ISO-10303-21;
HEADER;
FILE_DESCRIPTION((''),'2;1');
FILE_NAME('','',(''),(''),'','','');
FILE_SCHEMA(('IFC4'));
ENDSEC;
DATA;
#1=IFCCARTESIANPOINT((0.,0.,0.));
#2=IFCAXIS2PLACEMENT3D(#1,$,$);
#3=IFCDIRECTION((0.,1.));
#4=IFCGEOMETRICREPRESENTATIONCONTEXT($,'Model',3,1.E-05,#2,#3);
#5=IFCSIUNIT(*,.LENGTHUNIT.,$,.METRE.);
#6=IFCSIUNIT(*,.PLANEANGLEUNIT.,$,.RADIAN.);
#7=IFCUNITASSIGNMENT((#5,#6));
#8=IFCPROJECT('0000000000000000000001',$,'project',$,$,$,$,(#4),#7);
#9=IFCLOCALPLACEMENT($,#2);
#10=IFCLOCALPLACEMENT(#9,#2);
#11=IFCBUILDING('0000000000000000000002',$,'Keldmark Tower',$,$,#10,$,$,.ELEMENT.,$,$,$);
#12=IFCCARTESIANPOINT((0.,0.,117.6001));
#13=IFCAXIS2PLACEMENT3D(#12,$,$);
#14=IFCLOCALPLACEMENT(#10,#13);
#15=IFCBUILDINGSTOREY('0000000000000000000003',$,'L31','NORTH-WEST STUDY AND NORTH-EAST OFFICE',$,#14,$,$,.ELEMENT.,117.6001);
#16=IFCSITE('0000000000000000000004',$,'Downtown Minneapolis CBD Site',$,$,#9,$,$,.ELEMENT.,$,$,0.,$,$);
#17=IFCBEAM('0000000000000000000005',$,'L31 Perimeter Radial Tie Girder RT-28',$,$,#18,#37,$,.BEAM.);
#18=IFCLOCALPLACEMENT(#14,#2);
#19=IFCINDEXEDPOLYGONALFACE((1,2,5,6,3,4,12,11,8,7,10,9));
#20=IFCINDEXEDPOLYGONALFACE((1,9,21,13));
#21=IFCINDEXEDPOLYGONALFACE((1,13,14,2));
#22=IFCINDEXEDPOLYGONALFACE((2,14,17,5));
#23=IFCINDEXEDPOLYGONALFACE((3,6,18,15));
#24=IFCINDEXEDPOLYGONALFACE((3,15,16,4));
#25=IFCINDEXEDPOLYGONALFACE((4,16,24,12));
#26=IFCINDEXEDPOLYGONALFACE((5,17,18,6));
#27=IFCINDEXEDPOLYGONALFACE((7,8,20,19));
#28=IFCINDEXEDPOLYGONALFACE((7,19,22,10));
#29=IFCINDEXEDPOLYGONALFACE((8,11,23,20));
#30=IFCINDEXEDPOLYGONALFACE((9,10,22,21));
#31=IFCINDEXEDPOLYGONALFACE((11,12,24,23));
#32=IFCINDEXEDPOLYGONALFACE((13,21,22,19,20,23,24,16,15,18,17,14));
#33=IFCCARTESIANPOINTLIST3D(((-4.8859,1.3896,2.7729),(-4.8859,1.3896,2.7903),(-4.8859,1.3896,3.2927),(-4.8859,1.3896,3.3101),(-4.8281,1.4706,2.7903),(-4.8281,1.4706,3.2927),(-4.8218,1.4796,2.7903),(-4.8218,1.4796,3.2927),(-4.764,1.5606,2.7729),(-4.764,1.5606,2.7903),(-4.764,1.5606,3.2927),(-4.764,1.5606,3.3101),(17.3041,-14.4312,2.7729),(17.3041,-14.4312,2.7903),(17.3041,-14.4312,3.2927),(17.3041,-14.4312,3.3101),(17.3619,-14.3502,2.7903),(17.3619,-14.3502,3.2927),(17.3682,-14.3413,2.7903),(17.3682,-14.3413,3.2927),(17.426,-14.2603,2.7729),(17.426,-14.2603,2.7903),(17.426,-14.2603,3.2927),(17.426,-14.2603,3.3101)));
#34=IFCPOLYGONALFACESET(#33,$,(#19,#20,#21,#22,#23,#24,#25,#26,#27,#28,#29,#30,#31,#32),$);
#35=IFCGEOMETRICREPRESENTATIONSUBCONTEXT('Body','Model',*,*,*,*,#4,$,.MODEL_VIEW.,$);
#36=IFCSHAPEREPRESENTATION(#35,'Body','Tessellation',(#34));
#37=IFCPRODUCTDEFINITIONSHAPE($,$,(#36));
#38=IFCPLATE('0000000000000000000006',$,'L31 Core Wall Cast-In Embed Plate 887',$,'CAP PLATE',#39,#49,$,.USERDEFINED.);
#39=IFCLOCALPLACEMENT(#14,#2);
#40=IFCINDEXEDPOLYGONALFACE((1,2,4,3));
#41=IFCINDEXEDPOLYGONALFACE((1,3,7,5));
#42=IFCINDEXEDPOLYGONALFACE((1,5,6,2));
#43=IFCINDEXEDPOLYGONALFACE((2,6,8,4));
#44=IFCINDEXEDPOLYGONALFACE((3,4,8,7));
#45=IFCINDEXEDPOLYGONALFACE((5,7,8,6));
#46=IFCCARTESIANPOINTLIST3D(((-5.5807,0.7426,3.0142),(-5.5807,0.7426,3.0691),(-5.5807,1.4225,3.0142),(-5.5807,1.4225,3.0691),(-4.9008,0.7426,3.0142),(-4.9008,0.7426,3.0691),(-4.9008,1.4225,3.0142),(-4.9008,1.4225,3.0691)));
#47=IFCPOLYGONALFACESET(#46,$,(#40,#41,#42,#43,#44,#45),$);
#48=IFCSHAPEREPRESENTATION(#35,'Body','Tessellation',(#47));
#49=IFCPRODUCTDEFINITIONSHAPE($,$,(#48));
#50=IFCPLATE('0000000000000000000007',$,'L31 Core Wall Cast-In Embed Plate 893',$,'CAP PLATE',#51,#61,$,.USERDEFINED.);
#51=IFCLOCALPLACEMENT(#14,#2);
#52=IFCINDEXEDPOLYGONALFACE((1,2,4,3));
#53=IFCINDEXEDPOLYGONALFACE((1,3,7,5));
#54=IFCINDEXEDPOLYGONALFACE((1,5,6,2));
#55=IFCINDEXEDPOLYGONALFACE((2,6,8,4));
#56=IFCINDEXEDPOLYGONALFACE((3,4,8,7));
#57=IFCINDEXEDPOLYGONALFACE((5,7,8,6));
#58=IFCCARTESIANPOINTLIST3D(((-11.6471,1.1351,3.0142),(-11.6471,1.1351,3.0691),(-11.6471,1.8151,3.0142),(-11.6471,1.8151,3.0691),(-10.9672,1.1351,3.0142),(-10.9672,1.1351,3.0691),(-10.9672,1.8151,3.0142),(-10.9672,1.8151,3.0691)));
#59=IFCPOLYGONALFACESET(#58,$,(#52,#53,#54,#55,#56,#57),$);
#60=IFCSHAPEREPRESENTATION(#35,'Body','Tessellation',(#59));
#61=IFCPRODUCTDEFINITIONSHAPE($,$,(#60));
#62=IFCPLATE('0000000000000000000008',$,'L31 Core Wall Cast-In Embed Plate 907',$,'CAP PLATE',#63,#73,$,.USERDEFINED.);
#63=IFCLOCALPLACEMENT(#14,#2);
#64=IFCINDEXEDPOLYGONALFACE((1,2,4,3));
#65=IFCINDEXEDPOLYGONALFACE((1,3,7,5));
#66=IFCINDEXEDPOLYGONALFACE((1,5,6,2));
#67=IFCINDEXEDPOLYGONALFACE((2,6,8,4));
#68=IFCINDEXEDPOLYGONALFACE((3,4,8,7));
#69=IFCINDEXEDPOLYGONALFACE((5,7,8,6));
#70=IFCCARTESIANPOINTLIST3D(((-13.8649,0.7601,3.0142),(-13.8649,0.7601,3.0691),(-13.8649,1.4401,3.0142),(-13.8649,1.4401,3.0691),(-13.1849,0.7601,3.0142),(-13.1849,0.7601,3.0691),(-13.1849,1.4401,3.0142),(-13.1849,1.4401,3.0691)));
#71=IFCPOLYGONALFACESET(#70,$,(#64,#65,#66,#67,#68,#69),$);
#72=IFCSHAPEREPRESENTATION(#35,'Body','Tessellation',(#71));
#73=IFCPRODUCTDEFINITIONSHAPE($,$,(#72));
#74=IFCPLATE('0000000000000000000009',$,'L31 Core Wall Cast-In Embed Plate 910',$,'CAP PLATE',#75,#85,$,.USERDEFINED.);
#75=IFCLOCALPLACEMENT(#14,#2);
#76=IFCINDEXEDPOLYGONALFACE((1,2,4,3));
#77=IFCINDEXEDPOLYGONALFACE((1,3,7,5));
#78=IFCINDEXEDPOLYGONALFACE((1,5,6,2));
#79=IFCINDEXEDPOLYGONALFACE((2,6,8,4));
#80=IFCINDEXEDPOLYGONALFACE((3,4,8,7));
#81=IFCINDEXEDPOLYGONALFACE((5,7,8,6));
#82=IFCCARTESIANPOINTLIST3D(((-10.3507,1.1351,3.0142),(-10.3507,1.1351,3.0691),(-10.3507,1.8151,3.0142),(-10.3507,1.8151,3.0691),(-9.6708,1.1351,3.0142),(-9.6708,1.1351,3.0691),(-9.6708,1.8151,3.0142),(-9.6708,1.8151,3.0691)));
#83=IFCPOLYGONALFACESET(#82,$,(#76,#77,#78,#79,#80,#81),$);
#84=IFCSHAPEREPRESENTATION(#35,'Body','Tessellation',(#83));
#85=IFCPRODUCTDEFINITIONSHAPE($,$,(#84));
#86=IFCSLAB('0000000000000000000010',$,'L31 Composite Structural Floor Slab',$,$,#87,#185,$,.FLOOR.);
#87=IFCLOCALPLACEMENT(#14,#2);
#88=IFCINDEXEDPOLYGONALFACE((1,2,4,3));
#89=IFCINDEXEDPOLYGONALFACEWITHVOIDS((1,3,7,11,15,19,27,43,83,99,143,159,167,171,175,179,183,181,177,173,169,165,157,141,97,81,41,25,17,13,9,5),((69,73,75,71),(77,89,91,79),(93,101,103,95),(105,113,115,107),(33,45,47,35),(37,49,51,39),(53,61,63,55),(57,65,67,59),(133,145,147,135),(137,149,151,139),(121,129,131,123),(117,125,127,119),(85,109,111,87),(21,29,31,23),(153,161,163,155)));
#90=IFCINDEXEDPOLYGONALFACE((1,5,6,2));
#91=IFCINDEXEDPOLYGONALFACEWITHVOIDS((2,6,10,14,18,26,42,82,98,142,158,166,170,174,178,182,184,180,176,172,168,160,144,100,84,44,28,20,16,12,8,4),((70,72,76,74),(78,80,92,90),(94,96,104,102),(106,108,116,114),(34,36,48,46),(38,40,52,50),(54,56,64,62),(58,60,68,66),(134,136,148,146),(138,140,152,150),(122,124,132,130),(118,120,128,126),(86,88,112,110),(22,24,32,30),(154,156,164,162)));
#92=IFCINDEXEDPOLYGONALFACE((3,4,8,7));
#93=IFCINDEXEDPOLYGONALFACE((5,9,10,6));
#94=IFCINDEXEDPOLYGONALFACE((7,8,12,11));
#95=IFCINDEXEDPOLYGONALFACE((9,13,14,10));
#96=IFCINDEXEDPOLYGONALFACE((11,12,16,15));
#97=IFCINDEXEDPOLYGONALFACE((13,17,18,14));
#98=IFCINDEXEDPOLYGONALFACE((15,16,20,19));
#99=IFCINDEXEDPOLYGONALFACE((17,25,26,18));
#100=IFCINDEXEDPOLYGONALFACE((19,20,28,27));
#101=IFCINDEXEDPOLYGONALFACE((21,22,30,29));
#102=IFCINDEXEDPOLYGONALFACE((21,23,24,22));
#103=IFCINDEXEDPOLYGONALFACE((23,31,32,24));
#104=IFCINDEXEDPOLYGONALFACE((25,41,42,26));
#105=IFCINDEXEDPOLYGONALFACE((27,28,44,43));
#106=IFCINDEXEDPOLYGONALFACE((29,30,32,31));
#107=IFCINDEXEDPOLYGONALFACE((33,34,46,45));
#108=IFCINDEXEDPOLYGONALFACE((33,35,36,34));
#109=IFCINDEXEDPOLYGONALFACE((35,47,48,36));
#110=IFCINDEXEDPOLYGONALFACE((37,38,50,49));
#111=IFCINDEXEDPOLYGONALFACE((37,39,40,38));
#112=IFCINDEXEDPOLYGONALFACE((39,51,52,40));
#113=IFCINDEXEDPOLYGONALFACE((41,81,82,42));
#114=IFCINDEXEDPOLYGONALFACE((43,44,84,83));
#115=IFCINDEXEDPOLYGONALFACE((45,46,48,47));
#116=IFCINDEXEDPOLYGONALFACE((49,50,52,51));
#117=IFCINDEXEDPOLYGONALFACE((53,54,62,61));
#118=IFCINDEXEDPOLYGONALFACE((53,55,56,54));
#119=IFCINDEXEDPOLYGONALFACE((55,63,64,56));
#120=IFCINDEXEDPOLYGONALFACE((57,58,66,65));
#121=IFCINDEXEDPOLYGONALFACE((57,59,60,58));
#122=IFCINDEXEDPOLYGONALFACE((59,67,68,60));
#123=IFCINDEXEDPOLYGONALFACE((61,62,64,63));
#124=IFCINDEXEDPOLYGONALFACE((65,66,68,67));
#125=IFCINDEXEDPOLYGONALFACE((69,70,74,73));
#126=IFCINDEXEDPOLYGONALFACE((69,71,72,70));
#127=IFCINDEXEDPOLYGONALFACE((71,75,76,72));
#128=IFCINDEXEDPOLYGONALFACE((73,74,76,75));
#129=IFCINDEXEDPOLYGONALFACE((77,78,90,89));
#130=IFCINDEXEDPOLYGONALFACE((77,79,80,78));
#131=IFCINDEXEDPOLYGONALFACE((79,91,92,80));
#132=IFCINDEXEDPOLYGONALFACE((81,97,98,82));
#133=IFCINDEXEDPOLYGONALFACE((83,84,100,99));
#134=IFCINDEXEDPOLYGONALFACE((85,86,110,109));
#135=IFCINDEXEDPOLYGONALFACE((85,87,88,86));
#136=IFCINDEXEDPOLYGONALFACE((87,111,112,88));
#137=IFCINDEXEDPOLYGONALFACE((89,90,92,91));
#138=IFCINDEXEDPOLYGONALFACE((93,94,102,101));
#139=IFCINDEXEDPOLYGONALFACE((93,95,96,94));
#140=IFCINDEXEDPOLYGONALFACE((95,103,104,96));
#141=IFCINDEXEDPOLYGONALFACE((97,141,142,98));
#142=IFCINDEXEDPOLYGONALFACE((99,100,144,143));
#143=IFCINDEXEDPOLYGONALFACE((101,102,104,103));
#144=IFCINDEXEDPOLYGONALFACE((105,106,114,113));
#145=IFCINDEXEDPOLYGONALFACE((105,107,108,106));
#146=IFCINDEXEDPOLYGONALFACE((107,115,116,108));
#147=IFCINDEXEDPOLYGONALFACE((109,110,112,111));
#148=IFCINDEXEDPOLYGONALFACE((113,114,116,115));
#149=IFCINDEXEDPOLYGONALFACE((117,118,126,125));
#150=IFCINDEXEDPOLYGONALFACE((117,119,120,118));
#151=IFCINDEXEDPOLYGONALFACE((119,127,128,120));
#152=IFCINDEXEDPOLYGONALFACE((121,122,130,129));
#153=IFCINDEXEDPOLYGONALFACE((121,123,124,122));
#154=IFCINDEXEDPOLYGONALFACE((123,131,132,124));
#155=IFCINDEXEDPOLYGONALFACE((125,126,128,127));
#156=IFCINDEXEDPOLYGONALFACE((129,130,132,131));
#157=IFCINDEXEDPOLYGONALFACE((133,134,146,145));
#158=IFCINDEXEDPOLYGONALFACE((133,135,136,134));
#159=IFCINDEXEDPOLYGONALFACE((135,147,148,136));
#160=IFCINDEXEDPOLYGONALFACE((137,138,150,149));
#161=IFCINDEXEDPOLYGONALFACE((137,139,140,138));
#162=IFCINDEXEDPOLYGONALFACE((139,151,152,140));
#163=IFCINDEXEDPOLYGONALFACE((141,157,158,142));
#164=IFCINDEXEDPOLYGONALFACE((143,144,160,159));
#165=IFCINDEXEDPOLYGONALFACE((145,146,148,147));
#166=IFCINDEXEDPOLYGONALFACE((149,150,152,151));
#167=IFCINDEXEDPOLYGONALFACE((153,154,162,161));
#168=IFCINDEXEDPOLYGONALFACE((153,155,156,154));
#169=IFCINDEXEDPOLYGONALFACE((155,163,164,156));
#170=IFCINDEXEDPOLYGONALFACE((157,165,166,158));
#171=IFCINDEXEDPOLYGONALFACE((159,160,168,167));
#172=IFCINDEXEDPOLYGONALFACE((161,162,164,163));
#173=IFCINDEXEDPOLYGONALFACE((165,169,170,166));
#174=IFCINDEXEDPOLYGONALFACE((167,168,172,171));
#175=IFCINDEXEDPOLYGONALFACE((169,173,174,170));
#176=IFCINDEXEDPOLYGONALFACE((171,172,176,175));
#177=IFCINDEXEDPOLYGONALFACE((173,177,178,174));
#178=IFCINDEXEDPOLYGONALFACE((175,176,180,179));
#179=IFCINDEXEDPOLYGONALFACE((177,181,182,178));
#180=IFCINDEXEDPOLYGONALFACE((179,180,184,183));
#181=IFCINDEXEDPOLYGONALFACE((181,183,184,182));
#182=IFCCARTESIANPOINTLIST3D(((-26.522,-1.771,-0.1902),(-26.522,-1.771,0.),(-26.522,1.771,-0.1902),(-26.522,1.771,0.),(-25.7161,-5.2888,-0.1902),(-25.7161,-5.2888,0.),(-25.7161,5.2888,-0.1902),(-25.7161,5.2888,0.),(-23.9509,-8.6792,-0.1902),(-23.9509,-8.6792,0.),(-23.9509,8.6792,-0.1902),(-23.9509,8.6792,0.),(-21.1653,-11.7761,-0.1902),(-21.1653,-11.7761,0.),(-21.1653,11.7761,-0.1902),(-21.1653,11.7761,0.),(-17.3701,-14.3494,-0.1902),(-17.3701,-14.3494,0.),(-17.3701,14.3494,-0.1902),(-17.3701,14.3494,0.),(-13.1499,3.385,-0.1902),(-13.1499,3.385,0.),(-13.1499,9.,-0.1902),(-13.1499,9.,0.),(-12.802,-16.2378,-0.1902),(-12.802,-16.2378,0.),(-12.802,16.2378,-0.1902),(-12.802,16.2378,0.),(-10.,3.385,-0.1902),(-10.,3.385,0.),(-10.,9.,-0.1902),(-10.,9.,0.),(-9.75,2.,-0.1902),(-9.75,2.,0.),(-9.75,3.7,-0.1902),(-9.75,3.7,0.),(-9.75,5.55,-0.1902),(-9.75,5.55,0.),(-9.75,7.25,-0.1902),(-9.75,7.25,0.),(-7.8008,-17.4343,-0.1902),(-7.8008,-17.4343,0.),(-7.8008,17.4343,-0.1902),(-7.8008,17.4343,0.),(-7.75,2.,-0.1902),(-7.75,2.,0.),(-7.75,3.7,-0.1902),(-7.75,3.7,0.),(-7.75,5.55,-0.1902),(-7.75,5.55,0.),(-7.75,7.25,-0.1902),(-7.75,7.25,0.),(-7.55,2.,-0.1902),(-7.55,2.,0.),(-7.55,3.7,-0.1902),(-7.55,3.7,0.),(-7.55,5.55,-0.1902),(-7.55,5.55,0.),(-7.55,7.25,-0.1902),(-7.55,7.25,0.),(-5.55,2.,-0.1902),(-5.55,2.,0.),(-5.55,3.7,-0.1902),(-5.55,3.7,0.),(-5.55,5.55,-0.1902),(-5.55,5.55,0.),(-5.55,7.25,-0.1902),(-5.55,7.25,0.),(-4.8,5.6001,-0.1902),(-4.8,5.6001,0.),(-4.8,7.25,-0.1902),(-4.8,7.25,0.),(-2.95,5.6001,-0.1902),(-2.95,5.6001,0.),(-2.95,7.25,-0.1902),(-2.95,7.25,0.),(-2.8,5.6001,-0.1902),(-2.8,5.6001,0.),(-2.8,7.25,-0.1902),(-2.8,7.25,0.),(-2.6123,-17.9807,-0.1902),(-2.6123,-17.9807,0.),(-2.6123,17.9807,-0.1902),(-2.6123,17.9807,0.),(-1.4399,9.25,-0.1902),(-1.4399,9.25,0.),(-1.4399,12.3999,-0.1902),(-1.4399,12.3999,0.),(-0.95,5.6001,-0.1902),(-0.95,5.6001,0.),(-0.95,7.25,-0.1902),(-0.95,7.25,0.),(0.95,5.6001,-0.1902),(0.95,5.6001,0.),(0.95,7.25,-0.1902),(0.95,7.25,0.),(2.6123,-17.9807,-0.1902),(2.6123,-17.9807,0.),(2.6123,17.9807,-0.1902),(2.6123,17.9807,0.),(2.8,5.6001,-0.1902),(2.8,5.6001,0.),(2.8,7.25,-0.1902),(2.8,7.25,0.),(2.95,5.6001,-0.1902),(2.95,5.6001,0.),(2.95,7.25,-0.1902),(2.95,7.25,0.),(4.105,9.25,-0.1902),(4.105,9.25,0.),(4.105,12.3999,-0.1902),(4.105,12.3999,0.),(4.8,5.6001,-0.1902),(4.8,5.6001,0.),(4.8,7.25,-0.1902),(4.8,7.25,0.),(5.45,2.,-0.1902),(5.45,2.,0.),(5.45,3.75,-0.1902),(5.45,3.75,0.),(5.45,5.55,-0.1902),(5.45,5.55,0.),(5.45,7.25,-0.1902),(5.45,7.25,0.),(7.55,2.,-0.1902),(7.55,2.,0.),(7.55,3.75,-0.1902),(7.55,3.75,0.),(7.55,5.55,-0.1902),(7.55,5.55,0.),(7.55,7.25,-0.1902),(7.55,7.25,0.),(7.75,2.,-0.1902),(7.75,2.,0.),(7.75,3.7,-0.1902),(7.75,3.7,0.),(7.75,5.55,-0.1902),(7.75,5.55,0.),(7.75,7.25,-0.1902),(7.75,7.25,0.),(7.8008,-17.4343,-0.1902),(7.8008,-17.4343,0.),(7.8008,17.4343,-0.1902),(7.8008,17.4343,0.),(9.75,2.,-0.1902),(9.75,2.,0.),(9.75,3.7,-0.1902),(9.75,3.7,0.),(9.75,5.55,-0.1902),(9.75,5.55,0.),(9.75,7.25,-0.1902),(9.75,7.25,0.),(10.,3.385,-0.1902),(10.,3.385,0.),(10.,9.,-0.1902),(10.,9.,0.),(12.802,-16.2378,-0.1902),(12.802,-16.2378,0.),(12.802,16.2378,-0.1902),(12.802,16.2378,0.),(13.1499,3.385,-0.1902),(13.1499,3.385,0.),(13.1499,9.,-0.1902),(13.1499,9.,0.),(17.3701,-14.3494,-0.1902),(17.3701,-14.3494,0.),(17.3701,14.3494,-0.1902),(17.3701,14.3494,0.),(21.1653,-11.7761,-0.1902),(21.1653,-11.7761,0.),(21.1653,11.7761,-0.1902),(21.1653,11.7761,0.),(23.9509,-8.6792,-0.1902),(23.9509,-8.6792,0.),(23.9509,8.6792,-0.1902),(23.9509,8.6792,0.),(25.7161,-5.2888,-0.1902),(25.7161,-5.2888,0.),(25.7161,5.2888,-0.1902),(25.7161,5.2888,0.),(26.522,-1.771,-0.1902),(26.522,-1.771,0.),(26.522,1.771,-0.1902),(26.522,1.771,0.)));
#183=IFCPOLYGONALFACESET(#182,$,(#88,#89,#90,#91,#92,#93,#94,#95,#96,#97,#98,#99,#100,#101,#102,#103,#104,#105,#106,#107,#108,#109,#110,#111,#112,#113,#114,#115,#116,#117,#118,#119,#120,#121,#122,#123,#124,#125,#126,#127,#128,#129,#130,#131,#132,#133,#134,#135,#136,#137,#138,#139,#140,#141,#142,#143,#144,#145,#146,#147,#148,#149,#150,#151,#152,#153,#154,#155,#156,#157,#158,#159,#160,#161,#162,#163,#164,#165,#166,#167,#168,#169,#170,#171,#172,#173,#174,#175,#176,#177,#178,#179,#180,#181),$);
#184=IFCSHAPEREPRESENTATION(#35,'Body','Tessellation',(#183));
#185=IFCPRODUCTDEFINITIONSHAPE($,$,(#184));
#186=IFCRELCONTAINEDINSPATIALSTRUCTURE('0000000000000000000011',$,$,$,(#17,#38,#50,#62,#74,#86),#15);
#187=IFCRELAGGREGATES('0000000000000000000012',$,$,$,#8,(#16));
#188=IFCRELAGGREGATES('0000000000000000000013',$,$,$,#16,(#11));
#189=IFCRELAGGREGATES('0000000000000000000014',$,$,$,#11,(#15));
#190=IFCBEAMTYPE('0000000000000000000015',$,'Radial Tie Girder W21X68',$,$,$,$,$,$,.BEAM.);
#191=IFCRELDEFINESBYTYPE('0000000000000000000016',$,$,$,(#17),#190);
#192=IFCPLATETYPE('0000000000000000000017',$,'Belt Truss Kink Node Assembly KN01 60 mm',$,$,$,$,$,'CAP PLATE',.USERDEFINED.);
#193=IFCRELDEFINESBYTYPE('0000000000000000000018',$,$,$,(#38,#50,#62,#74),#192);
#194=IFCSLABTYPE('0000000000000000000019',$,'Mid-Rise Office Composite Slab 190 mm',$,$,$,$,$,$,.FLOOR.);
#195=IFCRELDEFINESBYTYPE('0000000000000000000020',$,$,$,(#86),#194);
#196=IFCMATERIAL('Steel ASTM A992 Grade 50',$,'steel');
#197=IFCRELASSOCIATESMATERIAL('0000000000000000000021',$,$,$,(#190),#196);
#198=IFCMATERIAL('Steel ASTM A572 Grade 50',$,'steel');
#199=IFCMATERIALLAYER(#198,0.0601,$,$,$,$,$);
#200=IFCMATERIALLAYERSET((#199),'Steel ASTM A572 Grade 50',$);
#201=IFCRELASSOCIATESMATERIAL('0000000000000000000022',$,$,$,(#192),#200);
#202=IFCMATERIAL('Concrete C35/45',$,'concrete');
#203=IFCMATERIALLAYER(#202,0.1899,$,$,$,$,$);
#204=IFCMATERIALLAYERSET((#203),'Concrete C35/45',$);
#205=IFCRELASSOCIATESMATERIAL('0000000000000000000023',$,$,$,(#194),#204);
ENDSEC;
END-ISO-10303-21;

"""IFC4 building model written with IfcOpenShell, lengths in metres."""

from ifc_helpers import new_model, si_unit, direction, frame, origin, origin_2d, place, context, subcontext, project, spatial, polyline, rectangle, i_section, outline, extrude, material, layer, layer_set, material_profile, profile_set, type_object, element, save


model = new_model("IFC4")

# Units and contexts
model_context = context("Model", 3, precision=1e-05, world=origin(), true_north=direction((0.0, 1.0)))
body_context = subcontext(model_context, "Body", "Model", "MODEL_VIEW")
ifc_project = project(units=[si_unit("LENGTHUNIT", "METRE"), si_unit("PLANEANGLEUNIT", "RADIAN")], contexts=[model_context])

# Site, building, storey
site_placement = place(None, origin())
site = spatial("IfcSite", under=ifc_project, at=site_placement, Name="Downtown Minneapolis CBD Site", CompositionType="ELEMENT", RefElevation=0.0)
building_placement = place(site_placement, origin())
building = spatial("IfcBuilding", under=site, at=building_placement, Name="Keldmark Tower", CompositionType="ELEMENT")
storey_placement = place(building_placement, frame((0.0, 0.0, 117.6001)))
storey = spatial("IfcBuildingStorey", under=building, at=storey_placement, Name="L31", Description="NORTH-WEST STUDY AND NORTH-EAST OFFICE", CompositionType="ELEMENT", Elevation=117.6001)

# Beam
ifc_material_1 = material(Name="Steel ASTM A992 Grade 50", Category="steel")
ifc_material_profile_1 = material_profile(ifc_material_1, i_section(OverallWidth=0.21, OverallDepth=0.5371, WebThickness=0.011, FlangeThickness=0.0173, at=origin_2d()), Name="W21X68")
ifc_profile_set_1 = profile_set([ifc_material_profile_1], Name="Steel ASTM A992 Grade 50")
beam_type_1 = type_object("IfcBeamType", Name="Radial Tie Girder W21X68", PredefinedType="BEAM", material=ifc_profile_set_1)
beam_1_placement = place(storey_placement, frame((-4.825, 1.4751, 3.0415), z_axis=(0.814239, -0.58053, 0.0), x_axis=(0.58053, 0.814239, 0.0)))
element("IfcBeam", 1, at=beam_1_placement, inside=storey, type_object=beam_type_1, Name="L31 Perimeter Radial Tie Girder RT-28", PredefinedType="BEAM", context=body_context, shape_type="SweptSolid", body=[
    extrude(i_section(OverallWidth=0.21, OverallDepth=0.5371, WebThickness=0.011, FlangeThickness=0.0173, at=origin_2d()), origin(), (0.0, 0.0, 1.0), 27.2524),
])

# Plates
ifc_material_2 = material(Name="Steel ASTM A572 Grade 50", Category="steel")
ifc_layer_1 = layer(ifc_material_2, 0.0601)
ifc_layer_set_1 = layer_set([ifc_layer_1], Name="Steel ASTM A572 Grade 50")
plate_type = type_object("IfcPlateType", Name="Belt Truss Kink Node Assembly KN01 60 mm", ElementType="CAP PLATE", PredefinedType="USERDEFINED", material=ifc_layer_set_1)
for number, where, z_axis, x_axis, name in (
    (2, (-5.2407, 1.0825, 3.0142), (0.0, 0.0, 1.0), (1.0, 0.0, 0.0), "L31 Core Wall Cast-In Embed Plate 887"),
    (3, (-11.3071, 1.4751, 3.0142), (0.0, 0.0, 1.0), (1.0, 0.0, 0.0), "L31 Core Wall Cast-In Embed Plate 893"),
    (4, (-13.5249, 1.1001, 3.0142), (0.0, 0.0, 1.0), (1.0, 0.0, 0.0), "L31 Core Wall Cast-In Embed Plate 907"),
    (5, (-10.0107, 1.4751, 3.0142), (0.0, 0.0, 1.0), (1.0, 0.0, 0.0), "L31 Core Wall Cast-In Embed Plate 910"),
):
    element("IfcPlate", number, at=place(storey_placement, frame(where, z_axis=z_axis, x_axis=x_axis)), inside=storey, type_object=plate_type, Name=name, ObjectType="CAP PLATE", PredefinedType="USERDEFINED", context=body_context, shape_type="SweptSolid", body=[
        extrude(rectangle(XDim=0.6799, YDim=0.6799, at=origin_2d()), origin(), (0.0, 0.0, 1.0), 0.0549),
    ])

# Slab
ifc_material_3 = material(Name="Concrete C35/45", Category="concrete")
ifc_layer_2 = layer(ifc_material_3, 0.1899)
ifc_layer_set_2 = layer_set([ifc_layer_2], Name="Concrete C35/45")
slab_type_1 = type_object("IfcSlabType", Name="Mid-Rise Office Composite Slab 190 mm", PredefinedType="FLOOR", material=ifc_layer_set_2)
slab_1_placement = place(storey_placement, frame((0.0, 0.0, -0.1902)))
element("IfcSlab", 6, at=slab_1_placement, inside=storey, type_object=slab_type_1, Name="L31 Composite Structural Floor Slab", PredefinedType="FLOOR", context=body_context, shape_type="SweptSolid", body=[
    extrude(outline(polyline([(26.522, 1.771), (25.7161, 5.2888), (23.9509, 8.6792), (21.1653, 11.7761), (17.3701, 14.3494), (12.802, 16.2378), (7.8008, 17.4343), (2.6123, 17.9807), (-2.6123, 17.9807), (-7.8008, 17.4343), (-12.802, 16.2378), (-17.3701, 14.3494), (-21.1653, 11.7761), (-23.9509, 8.6792), (-25.7161, 5.2888), (-26.522, 1.771), (-26.522, -1.771), (-25.7161, -5.2888), (-23.9509, -8.6792), (-21.1653, -11.7761), (-17.3701, -14.3494), (-12.802, -16.2378), (-7.8008, -17.4343), (-2.6123, -17.9807), (2.6123, -17.9807), (7.8008, -17.4343), (12.802, -16.2378), (17.3701, -14.3494), (21.1653, -11.7761), (23.9509, -8.6792), (25.7161, -5.2888), (26.522, -1.771), (26.522, 1.771)]), holes=[polyline([(-10.0, 3.385), (-10.0, 9.0), (-13.1499, 9.0), (-13.1499, 3.385), (-10.0, 3.385)]), polyline([(13.1499, 3.385), (13.1499, 9.0), (10.0, 9.0), (10.0, 3.385), (13.1499, 3.385)]), polyline([(-1.4399, 9.25), (4.105, 9.25), (4.105, 12.3999), (-1.4399, 12.3999), (-1.4399, 9.25)]), polyline([(-9.75, 2.0), (-7.75, 2.0), (-7.75, 3.7), (-9.75, 3.7), (-9.75, 2.0)]), polyline([(7.75, 2.0), (9.75, 2.0), (9.75, 3.7), (7.75, 3.7), (7.75, 2.0)]), polyline([(5.45, 2.0), (7.55, 2.0), (7.55, 3.75), (5.45, 3.75), (5.45, 2.0)]), polyline([(-4.8, 5.6001), (-2.95, 5.6001), (-2.95, 7.25), (-4.8, 7.25), (-4.8, 5.6001)]), polyline([(-2.8, 5.6001), (-0.95, 5.6001), (-0.95, 7.25), (-2.8, 7.25), (-2.8, 5.6001)]), polyline([(0.95, 5.6001), (2.8, 5.6001), (2.8, 7.25), (0.95, 7.25), (0.95, 5.6001)]), polyline([(2.95, 5.6001), (4.8, 5.6001), (4.8, 7.25), (2.95, 7.25), (2.95, 5.6001)]), polyline([(-9.75, 5.55), (-7.75, 5.55), (-7.75, 7.25), (-9.75, 7.25), (-9.75, 5.55)]), polyline([(-7.55, 5.55), (-5.55, 5.55), (-5.55, 7.25), (-7.55, 7.25), (-7.55, 5.55)]), polyline([(-7.55, 2.0), (-5.55, 2.0), (-5.55, 3.7), (-7.55, 3.7), (-7.55, 2.0)]), polyline([(5.45, 5.55), (7.55, 5.55), (7.55, 7.25), (5.45, 7.25), (5.45, 5.55)]), polyline([(7.75, 5.55), (9.75, 5.55), (9.75, 7.25), (7.75, 7.25), (7.75, 5.55)])]), origin(), (0.0, 0.0, 1.0), 0.1902),
])

save(model, "model.ifc")
